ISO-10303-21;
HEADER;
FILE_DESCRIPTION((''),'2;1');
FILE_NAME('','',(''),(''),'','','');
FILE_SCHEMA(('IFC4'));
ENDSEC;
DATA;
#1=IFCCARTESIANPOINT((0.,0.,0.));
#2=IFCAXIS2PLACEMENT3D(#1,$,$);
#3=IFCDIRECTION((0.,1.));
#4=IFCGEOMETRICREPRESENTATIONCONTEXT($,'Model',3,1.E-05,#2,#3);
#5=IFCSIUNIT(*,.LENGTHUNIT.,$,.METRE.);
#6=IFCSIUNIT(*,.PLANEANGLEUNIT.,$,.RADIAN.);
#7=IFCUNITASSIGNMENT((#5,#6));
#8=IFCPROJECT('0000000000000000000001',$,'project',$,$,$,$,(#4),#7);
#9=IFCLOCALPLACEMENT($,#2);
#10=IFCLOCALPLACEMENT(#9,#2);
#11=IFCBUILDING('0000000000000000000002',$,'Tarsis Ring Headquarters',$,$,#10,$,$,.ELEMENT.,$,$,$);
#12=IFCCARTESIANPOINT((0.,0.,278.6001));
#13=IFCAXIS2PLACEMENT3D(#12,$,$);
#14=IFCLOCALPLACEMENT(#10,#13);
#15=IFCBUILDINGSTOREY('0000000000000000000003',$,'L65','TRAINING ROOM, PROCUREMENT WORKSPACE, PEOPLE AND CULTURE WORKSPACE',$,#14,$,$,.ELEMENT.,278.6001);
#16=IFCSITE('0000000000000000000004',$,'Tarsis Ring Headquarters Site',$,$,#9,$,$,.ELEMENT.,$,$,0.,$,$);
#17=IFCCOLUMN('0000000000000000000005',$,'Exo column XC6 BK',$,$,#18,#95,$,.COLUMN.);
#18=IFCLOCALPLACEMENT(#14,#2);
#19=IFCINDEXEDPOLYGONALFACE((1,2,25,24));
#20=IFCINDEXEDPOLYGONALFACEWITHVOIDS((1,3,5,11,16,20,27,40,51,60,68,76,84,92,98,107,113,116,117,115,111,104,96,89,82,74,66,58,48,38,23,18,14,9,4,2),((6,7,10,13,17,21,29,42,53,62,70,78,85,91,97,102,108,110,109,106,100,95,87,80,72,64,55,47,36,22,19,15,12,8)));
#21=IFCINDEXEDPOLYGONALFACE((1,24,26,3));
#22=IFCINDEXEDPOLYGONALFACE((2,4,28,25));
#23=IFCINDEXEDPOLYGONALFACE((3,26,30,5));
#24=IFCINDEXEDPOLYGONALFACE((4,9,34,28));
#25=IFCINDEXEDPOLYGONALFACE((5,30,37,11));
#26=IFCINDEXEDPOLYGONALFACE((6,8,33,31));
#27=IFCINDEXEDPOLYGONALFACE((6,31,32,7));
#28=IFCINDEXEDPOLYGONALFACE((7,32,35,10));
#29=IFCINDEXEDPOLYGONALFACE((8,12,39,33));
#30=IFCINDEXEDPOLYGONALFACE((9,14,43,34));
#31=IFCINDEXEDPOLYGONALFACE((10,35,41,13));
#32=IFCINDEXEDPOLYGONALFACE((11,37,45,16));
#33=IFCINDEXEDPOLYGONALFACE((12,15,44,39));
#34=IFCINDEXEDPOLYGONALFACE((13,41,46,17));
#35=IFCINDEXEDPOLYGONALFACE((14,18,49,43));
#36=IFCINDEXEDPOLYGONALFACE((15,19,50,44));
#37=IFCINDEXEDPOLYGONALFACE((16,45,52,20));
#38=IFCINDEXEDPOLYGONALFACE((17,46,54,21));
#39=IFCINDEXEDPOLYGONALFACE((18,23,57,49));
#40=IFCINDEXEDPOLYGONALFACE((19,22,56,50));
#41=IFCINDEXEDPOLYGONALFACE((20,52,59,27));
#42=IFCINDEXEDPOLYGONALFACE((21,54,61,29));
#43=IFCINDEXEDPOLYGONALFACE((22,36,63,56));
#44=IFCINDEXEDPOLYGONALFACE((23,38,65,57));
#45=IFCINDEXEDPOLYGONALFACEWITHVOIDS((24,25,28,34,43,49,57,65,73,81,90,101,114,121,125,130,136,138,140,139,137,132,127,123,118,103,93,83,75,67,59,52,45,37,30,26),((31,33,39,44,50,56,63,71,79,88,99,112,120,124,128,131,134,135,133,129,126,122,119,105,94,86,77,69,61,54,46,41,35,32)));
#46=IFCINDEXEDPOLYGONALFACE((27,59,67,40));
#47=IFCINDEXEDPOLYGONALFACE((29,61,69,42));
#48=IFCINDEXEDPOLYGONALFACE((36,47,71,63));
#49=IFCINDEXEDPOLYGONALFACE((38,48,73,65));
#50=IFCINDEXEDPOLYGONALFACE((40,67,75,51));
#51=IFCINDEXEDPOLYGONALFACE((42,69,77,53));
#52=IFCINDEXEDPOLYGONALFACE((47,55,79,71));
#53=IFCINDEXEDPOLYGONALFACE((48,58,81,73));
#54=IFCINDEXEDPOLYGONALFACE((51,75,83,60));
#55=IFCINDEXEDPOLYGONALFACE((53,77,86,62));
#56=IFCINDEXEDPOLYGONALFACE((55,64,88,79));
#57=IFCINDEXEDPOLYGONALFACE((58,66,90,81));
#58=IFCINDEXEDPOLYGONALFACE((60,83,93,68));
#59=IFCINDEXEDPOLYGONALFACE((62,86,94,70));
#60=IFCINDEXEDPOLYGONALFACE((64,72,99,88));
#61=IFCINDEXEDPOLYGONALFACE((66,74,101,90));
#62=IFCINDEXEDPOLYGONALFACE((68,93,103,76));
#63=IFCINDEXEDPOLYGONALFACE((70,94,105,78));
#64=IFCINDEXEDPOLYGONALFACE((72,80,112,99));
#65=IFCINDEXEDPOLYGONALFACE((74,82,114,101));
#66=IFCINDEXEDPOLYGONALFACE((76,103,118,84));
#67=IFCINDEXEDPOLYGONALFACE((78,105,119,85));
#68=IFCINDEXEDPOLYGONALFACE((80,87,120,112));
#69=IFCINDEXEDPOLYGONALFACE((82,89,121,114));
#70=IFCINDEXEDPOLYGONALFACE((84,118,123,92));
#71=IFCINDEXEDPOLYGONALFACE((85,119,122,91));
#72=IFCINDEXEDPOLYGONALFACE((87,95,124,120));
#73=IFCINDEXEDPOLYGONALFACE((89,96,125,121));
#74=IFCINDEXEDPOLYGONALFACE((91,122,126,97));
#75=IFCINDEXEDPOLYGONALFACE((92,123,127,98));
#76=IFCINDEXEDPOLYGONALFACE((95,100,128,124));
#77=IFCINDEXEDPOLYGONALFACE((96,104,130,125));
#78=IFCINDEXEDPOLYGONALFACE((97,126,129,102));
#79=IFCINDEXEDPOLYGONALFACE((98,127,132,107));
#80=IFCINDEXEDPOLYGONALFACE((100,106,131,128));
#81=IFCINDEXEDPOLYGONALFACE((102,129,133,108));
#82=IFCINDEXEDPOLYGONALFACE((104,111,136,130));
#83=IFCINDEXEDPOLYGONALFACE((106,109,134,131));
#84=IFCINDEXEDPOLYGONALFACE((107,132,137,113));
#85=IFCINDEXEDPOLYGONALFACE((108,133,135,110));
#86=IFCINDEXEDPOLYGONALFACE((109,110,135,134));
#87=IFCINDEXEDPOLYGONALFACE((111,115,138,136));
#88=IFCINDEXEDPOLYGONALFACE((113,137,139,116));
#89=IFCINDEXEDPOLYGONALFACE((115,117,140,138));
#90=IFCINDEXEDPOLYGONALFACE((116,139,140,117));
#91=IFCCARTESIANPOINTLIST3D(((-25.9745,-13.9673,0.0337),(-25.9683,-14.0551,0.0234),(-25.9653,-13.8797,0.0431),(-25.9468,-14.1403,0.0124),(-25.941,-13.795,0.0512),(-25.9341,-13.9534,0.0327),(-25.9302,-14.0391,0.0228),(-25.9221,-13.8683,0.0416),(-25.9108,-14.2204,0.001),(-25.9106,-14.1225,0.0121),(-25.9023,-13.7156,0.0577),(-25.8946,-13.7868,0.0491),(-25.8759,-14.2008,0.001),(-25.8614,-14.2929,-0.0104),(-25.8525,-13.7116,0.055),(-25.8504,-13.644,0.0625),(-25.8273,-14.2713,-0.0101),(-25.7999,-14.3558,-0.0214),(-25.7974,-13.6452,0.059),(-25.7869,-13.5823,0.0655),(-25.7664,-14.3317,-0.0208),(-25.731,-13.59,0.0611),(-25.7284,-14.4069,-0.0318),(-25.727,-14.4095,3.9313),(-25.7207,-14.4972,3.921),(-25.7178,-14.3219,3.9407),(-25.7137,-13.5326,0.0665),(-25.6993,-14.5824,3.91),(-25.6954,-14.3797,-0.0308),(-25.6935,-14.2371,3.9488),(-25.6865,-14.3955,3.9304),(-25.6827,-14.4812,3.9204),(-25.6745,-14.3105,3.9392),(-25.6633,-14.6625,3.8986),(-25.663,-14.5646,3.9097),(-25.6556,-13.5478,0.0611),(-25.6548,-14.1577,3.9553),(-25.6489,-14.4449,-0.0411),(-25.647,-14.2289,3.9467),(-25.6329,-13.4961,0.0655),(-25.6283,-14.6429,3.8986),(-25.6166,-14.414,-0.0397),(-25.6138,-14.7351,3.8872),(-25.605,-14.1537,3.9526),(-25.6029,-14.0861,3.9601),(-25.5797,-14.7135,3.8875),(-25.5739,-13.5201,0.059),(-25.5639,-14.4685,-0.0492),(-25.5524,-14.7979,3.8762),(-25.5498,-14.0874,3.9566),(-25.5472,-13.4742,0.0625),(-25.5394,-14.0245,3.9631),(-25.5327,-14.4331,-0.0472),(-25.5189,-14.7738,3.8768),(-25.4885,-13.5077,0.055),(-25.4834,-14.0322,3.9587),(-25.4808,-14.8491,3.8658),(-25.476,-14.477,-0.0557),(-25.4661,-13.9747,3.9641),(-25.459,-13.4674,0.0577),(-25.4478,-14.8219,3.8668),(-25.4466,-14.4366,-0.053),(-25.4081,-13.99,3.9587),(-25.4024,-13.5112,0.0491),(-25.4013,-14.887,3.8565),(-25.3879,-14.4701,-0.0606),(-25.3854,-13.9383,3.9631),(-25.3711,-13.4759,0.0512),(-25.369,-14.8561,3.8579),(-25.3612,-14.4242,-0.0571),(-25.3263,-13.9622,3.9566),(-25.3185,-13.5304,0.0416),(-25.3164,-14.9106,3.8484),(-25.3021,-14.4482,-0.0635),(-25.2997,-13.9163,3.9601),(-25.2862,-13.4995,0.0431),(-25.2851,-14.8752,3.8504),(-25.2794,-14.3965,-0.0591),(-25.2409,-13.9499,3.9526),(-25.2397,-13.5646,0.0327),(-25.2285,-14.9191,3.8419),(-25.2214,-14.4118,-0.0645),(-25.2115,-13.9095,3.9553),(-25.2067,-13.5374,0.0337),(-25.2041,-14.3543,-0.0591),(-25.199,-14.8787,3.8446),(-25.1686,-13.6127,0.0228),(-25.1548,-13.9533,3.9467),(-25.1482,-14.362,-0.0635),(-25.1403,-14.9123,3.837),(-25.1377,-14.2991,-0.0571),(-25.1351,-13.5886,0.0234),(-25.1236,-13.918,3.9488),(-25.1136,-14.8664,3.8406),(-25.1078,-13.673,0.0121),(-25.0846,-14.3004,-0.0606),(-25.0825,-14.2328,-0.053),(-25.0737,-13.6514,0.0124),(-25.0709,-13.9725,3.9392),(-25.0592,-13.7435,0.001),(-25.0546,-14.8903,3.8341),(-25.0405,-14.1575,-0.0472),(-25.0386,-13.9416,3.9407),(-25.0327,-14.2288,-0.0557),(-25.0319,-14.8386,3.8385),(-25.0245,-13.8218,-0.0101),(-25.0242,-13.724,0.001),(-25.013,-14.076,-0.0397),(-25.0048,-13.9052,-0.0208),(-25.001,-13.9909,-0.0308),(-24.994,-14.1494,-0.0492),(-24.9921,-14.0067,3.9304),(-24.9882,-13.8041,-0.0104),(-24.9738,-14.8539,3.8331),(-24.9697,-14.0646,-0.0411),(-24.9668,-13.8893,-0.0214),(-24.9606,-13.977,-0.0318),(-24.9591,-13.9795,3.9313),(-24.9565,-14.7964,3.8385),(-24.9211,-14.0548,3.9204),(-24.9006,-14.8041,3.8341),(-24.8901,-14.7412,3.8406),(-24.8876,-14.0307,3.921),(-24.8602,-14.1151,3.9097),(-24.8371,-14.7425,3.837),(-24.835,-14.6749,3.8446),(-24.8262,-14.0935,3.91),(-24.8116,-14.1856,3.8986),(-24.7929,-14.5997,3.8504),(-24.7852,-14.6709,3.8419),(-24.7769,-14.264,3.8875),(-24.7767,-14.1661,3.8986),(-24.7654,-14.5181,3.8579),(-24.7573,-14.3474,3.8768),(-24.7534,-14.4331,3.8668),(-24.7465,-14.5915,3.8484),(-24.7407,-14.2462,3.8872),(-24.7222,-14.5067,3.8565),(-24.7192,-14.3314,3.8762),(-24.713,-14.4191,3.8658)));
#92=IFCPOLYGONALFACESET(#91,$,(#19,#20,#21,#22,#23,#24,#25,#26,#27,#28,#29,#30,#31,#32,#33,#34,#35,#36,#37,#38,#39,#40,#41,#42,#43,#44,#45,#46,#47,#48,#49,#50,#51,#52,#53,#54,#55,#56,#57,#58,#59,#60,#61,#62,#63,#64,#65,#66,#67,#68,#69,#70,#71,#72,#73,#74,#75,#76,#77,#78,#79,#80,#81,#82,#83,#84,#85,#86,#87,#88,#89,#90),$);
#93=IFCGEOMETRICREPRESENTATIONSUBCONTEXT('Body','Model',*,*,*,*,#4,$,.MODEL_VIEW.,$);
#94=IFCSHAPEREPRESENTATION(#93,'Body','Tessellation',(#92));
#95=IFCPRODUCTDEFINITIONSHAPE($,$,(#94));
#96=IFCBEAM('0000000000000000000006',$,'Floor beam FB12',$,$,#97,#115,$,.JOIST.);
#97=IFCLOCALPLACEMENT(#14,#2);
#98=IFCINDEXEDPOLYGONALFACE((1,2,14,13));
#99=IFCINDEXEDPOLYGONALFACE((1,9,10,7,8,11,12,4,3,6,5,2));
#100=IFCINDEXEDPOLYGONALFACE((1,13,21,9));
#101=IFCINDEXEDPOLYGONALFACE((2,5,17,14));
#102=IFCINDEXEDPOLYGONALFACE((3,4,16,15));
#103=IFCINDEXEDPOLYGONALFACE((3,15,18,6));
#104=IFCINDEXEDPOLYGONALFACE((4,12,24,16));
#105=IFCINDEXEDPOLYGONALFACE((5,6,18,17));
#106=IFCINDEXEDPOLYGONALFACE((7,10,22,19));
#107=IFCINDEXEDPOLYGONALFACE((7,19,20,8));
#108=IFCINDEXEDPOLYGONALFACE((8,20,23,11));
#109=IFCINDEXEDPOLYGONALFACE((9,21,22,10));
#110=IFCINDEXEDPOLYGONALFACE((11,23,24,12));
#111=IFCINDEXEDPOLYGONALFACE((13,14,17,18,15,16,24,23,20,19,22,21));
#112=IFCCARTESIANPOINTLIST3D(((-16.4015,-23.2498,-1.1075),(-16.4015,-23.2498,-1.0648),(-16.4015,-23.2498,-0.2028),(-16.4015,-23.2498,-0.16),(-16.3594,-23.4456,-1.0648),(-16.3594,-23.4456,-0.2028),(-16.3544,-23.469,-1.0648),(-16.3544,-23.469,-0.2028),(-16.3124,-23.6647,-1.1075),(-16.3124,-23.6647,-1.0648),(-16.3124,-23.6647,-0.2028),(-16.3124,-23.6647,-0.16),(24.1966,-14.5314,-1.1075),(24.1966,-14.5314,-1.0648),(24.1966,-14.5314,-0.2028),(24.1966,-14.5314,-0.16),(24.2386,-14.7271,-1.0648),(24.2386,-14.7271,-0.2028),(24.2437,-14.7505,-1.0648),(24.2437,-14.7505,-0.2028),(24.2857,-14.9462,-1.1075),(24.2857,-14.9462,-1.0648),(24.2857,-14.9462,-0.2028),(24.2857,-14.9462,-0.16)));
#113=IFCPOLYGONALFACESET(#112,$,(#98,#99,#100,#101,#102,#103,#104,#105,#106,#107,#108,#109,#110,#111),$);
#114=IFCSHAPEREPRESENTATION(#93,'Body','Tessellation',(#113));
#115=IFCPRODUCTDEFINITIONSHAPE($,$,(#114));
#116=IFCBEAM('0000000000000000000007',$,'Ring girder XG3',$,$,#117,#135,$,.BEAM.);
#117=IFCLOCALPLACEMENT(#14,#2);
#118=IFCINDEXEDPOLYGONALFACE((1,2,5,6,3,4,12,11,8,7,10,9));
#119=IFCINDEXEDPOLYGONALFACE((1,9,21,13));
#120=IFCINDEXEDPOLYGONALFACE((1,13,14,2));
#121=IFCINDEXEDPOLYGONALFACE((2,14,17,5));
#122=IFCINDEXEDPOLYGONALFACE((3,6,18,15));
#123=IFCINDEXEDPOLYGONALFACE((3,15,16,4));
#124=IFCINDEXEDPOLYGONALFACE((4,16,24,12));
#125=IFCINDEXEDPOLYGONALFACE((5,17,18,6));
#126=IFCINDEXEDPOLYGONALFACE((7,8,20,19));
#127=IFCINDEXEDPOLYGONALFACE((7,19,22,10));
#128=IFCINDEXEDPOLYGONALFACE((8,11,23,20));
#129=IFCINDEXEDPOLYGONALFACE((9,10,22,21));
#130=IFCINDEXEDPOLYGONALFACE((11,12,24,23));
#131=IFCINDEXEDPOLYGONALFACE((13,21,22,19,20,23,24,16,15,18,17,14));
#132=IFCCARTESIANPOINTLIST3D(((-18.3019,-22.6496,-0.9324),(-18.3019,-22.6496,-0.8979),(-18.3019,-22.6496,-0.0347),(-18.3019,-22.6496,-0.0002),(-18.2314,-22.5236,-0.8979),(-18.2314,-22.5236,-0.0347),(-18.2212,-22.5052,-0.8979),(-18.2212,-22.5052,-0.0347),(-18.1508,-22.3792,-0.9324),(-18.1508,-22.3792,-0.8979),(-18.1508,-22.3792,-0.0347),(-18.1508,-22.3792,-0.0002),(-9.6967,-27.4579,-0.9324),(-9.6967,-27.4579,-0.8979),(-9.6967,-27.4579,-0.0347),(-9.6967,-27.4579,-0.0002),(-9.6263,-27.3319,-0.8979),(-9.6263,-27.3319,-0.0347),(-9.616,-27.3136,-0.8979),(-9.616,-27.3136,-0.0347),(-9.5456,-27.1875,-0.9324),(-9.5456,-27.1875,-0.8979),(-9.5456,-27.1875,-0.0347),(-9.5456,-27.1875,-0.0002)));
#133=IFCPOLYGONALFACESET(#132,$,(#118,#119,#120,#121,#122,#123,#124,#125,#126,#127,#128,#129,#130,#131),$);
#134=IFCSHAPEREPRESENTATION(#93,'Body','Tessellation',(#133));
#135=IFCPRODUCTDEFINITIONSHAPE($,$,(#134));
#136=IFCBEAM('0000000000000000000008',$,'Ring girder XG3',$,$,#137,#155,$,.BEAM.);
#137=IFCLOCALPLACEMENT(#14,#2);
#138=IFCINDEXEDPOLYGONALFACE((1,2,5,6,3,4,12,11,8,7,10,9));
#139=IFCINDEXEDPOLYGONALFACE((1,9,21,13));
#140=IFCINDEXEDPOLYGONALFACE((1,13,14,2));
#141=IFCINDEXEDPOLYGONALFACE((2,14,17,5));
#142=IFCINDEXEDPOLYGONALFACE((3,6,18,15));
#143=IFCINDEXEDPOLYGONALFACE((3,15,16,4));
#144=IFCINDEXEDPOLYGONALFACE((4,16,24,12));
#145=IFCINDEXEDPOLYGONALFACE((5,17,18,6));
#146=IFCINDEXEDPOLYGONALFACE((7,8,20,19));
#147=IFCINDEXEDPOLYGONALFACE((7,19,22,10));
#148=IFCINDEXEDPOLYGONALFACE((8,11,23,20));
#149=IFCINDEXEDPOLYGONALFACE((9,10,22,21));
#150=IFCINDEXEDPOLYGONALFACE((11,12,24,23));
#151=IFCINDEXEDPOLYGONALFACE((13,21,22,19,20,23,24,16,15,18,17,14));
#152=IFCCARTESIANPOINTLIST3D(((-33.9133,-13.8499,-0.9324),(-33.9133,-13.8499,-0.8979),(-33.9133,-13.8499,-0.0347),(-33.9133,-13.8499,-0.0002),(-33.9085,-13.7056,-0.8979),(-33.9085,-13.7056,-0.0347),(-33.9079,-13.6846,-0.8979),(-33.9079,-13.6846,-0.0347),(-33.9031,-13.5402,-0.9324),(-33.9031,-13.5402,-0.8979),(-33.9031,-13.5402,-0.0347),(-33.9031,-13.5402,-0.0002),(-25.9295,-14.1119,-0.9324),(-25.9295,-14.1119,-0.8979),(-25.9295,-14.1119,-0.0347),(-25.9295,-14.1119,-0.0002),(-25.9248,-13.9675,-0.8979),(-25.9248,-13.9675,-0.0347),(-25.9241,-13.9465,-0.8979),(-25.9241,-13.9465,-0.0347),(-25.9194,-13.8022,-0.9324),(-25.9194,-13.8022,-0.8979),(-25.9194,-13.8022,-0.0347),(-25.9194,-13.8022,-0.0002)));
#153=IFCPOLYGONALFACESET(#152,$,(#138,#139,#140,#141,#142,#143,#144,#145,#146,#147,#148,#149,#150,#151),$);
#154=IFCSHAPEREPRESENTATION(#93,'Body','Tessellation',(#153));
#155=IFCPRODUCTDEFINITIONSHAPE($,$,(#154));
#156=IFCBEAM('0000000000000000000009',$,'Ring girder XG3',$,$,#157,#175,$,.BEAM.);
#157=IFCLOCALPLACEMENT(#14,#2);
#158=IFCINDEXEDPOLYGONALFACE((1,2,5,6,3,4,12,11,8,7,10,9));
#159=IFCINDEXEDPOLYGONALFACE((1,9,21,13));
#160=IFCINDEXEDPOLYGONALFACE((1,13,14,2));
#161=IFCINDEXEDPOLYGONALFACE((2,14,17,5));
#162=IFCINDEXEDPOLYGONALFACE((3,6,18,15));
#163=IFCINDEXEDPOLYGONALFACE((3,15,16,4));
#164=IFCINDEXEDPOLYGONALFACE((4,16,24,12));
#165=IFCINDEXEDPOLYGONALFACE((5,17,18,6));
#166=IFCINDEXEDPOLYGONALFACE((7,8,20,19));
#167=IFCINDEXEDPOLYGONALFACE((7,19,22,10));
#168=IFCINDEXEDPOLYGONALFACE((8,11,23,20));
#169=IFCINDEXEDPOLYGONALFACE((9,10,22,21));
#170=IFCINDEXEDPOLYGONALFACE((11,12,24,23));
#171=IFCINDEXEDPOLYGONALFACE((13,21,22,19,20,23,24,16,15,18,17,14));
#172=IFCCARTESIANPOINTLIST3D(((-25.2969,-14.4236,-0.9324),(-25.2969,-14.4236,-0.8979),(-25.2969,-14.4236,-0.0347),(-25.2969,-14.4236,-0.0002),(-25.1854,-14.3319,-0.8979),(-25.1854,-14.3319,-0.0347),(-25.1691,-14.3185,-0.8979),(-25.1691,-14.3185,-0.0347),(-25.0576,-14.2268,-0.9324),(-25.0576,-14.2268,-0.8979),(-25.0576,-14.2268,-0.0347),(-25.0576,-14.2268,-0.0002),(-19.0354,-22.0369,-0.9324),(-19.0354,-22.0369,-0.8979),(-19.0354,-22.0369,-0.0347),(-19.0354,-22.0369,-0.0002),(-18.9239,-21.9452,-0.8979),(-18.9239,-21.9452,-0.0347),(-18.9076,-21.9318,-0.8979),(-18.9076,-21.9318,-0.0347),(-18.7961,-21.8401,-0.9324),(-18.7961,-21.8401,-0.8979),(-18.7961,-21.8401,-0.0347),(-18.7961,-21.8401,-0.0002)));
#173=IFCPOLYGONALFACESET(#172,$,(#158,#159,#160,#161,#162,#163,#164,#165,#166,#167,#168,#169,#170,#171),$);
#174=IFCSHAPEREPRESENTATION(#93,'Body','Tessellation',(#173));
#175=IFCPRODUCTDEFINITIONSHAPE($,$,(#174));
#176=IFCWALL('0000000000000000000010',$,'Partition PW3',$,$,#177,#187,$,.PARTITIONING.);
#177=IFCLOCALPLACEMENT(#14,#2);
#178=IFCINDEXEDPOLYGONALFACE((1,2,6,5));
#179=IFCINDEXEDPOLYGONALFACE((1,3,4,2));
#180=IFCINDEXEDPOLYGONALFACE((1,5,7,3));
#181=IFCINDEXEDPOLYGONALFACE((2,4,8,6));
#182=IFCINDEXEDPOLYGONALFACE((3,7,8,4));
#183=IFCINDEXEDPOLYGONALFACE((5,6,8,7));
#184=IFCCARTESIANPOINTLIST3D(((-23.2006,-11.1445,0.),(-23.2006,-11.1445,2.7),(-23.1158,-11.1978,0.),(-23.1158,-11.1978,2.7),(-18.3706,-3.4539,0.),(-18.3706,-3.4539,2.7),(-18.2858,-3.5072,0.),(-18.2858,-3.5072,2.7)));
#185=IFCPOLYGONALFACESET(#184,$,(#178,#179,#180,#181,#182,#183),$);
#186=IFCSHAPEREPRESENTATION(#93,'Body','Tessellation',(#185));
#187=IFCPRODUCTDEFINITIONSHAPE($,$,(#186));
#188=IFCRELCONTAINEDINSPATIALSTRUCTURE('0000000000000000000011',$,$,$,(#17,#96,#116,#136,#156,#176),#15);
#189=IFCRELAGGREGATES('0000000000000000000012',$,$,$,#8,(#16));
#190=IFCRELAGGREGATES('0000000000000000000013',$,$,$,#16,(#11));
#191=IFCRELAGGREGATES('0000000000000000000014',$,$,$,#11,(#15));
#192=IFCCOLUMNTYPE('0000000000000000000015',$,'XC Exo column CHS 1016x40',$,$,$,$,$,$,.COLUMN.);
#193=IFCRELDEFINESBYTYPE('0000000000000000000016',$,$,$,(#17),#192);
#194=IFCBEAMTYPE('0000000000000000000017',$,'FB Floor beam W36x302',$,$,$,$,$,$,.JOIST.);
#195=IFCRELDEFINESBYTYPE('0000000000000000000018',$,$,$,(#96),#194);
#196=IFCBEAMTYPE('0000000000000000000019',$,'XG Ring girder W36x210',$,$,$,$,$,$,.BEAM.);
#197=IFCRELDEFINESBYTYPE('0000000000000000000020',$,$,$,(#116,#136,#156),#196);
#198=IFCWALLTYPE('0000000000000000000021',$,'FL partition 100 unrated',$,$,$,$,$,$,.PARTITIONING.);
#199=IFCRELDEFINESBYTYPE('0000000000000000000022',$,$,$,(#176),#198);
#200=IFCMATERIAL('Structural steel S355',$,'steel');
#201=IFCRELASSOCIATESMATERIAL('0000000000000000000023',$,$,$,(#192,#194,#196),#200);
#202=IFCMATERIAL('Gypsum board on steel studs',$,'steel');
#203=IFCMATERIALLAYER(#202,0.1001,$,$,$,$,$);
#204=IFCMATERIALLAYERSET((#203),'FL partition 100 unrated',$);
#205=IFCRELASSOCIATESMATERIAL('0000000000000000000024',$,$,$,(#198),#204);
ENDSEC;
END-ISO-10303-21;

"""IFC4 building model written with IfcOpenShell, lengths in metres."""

from ifc_helpers import new_model, si_unit, direction, frame, frame_2d, origin, origin_2d, place, context, subcontext, project, spatial, rectangle, hollow_circle, i_section, extrude, material, layer, layer_set, material_profile, profile_set, type_object, element, save


model = new_model("IFC4")

# Units and contexts
model_context = context("Model", 3, precision=1e-05, world=origin(), true_north=direction((0.0, 1.0)))
body_context = subcontext(model_context, "Body", "Model", "MODEL_VIEW")
ifc_project = project(units=[si_unit("LENGTHUNIT", "METRE"), si_unit("PLANEANGLEUNIT", "RADIAN")], contexts=[model_context])

# Site, building, storey
site_placement = place(None, origin())
site = spatial("IfcSite", under=ifc_project, at=site_placement, Name="Tarsis Ring Headquarters Site", CompositionType="ELEMENT", RefElevation=0.0)
building_placement = place(site_placement, origin())
building = spatial("IfcBuilding", under=site, at=building_placement, Name="Tarsis Ring Headquarters", CompositionType="ELEMENT")
storey_placement = place(building_placement, frame((0.0, 0.0, 278.6001)))
storey = spatial("IfcBuildingStorey", under=building, at=storey_placement, Name="L65", Description="TRAINING ROOM, PROCUREMENT WORKSPACE, PEOPLE AND CULTURE WORKSPACE", CompositionType="ELEMENT", Elevation=278.6001)

# Column
ifc_material_1 = material(Name="Structural steel S355", Category="steel")
ifc_material_profile_1 = material_profile(ifc_material_1, hollow_circle(Radius=0.5081, WallThickness=0.04, at=origin_2d()), Name="CHS 1016x40")
ifc_profile_set_1 = profile_set([ifc_material_profile_1], Name="Structural steel S355")
column_type = type_object("IfcColumnType", Name="XC Exo column CHS 1016x40", PredefinedType="COLUMN", material=ifc_profile_set_1)
column_1_placement = place(storey_placement, frame((-25.4675, -13.9722, 0.001), z_axis=(0.062984, -0.112489, 0.991655), x_axis=(0.872539, 0.488545, 0.0)))
element("IfcColumn", 1, at=column_1_placement, inside=storey, type_object=column_type, Name="Exo column XC6 BK", PredefinedType="COLUMN", context=body_context, shape_type="SweptSolid", body=[
    extrude(hollow_circle(Radius=0.5081, WallThickness=0.04, at=origin_2d()), origin(), (0.0, 0.0, 1.0), 3.9304),
])

# Beams
ifc_material_profile_2 = material_profile(ifc_material_1, i_section(OverallWidth=0.4243, OverallDepth=0.9475, WebThickness=0.0239, FlangeThickness=0.0427, at=origin_2d()), Name="W36x302")
ifc_profile_set_2 = profile_set([ifc_material_profile_2], Name="Structural steel S355")
beam_type_1 = type_object("IfcBeamType", Name="FB Floor beam W36x302", PredefinedType="JOIST", material=ifc_profile_set_2)
beam_1_placement = place(storey_placement, frame((-16.3569, -23.4573, -0.6338), z_axis=(0.977709, 0.209964, 0.0), x_axis=(-0.209964, 0.977709, 0.0)))
element("IfcBeam", 2, at=beam_1_placement, inside=storey, type_object=beam_type_1, Name="Floor beam FB12", PredefinedType="JOIST", context=body_context, shape_type="SweptSolid", body=[
    extrude(i_section(OverallWidth=0.4243, OverallDepth=0.9475, WebThickness=0.0239, FlangeThickness=0.0427, at=origin_2d()), origin(), (0.0, 0.0, 1.0), 41.5237),
])
ifc_material_profile_3 = material_profile(ifc_material_1, i_section(OverallWidth=0.3098, OverallDepth=0.9321, WebThickness=0.021, FlangeThickness=0.0344, at=origin_2d()), Name="W36x210")
ifc_profile_set_3 = profile_set([ifc_material_profile_3], Name="Structural steel S355")
beam_type_2 = type_object("IfcBeamType", Name="XG Ring girder W36x210", PredefinedType="BEAM", material=ifc_profile_set_3)
beam_2_placement = place(storey_placement, frame((-18.2263, -22.5144, -0.4663), z_axis=(0.872963, -0.487786, 0.0), x_axis=(0.487786, 0.872963, 0.0)))
element("IfcBeam", 3, at=beam_2_placement, inside=storey, type_object=beam_type_2, Name="Ring girder XG3", PredefinedType="BEAM", context=body_context, shape_type="SweptSolid", body=[
    extrude(i_section(OverallWidth=0.3098, OverallDepth=0.9321, WebThickness=0.021, FlangeThickness=0.0344, at=origin_2d()), origin(), (0.0, 0.0, 1.0), 9.8574),
])
beam_3_placement = place(storey_placement, frame((-33.9082, -13.6951, -0.4663), z_axis=(0.999462, -0.032795, 0.0), x_axis=(0.032795, 0.999462, 0.0)))
element("IfcBeam", 4, at=beam_3_placement, inside=storey, type_object=beam_type_2, Name="Ring girder XG3", PredefinedType="BEAM", context=body_context, shape_type="SweptSolid", body=[
    extrude(i_section(OverallWidth=0.3098, OverallDepth=0.9321, WebThickness=0.021, FlangeThickness=0.0344, at=origin_2d()), origin(), (0.0, 0.0, 1.0), 7.988),
])
beam_4_placement = place(storey_placement, frame((-25.1772, -14.3252, -0.4663), z_axis=(0.635206, -0.772343, 0.0), x_axis=(0.772343, 0.635206, 0.0)))
element("IfcBeam", 5, at=beam_4_placement, inside=storey, type_object=beam_type_2, Name="Ring girder XG3", PredefinedType="BEAM", context=body_context, shape_type="SweptSolid", body=[
    extrude(i_section(OverallWidth=0.3098, OverallDepth=0.9321, WebThickness=0.021, FlangeThickness=0.0344, at=origin_2d()), origin(), (0.0, 0.0, 1.0), 9.8574),
])

# Wall
ifc_material_2 = material(Name="Gypsum board on steel studs", Category="steel")
ifc_layer_1 = layer(ifc_material_2, 0.1001)
ifc_layer_set_1 = layer_set([ifc_layer_1], Name="FL partition 100 unrated")
wall_type_1 = type_object("IfcWallType", Name="FL partition 100 unrated", PredefinedType="PARTITIONING", material=ifc_layer_set_1)
wall_1_placement = place(storey_placement, frame((-23.1582, -11.1711, 0.0), z_axis=(0.0, 0.0, 1.0), x_axis=(0.531851, 0.846838, 0.0)))
element("IfcWall", 6, at=wall_1_placement, inside=storey, type_object=wall_type_1, Name="Partition PW3", PredefinedType="PARTITIONING", context=body_context, shape_type="SweptSolid", body=[
    extrude(rectangle(XDim=9.0815, YDim=0.1001, at=frame_2d((4.5408, 0.0))), origin(), (0.0, 0.0, 1.0), 2.7),
])

save(model, "model.ifc")
